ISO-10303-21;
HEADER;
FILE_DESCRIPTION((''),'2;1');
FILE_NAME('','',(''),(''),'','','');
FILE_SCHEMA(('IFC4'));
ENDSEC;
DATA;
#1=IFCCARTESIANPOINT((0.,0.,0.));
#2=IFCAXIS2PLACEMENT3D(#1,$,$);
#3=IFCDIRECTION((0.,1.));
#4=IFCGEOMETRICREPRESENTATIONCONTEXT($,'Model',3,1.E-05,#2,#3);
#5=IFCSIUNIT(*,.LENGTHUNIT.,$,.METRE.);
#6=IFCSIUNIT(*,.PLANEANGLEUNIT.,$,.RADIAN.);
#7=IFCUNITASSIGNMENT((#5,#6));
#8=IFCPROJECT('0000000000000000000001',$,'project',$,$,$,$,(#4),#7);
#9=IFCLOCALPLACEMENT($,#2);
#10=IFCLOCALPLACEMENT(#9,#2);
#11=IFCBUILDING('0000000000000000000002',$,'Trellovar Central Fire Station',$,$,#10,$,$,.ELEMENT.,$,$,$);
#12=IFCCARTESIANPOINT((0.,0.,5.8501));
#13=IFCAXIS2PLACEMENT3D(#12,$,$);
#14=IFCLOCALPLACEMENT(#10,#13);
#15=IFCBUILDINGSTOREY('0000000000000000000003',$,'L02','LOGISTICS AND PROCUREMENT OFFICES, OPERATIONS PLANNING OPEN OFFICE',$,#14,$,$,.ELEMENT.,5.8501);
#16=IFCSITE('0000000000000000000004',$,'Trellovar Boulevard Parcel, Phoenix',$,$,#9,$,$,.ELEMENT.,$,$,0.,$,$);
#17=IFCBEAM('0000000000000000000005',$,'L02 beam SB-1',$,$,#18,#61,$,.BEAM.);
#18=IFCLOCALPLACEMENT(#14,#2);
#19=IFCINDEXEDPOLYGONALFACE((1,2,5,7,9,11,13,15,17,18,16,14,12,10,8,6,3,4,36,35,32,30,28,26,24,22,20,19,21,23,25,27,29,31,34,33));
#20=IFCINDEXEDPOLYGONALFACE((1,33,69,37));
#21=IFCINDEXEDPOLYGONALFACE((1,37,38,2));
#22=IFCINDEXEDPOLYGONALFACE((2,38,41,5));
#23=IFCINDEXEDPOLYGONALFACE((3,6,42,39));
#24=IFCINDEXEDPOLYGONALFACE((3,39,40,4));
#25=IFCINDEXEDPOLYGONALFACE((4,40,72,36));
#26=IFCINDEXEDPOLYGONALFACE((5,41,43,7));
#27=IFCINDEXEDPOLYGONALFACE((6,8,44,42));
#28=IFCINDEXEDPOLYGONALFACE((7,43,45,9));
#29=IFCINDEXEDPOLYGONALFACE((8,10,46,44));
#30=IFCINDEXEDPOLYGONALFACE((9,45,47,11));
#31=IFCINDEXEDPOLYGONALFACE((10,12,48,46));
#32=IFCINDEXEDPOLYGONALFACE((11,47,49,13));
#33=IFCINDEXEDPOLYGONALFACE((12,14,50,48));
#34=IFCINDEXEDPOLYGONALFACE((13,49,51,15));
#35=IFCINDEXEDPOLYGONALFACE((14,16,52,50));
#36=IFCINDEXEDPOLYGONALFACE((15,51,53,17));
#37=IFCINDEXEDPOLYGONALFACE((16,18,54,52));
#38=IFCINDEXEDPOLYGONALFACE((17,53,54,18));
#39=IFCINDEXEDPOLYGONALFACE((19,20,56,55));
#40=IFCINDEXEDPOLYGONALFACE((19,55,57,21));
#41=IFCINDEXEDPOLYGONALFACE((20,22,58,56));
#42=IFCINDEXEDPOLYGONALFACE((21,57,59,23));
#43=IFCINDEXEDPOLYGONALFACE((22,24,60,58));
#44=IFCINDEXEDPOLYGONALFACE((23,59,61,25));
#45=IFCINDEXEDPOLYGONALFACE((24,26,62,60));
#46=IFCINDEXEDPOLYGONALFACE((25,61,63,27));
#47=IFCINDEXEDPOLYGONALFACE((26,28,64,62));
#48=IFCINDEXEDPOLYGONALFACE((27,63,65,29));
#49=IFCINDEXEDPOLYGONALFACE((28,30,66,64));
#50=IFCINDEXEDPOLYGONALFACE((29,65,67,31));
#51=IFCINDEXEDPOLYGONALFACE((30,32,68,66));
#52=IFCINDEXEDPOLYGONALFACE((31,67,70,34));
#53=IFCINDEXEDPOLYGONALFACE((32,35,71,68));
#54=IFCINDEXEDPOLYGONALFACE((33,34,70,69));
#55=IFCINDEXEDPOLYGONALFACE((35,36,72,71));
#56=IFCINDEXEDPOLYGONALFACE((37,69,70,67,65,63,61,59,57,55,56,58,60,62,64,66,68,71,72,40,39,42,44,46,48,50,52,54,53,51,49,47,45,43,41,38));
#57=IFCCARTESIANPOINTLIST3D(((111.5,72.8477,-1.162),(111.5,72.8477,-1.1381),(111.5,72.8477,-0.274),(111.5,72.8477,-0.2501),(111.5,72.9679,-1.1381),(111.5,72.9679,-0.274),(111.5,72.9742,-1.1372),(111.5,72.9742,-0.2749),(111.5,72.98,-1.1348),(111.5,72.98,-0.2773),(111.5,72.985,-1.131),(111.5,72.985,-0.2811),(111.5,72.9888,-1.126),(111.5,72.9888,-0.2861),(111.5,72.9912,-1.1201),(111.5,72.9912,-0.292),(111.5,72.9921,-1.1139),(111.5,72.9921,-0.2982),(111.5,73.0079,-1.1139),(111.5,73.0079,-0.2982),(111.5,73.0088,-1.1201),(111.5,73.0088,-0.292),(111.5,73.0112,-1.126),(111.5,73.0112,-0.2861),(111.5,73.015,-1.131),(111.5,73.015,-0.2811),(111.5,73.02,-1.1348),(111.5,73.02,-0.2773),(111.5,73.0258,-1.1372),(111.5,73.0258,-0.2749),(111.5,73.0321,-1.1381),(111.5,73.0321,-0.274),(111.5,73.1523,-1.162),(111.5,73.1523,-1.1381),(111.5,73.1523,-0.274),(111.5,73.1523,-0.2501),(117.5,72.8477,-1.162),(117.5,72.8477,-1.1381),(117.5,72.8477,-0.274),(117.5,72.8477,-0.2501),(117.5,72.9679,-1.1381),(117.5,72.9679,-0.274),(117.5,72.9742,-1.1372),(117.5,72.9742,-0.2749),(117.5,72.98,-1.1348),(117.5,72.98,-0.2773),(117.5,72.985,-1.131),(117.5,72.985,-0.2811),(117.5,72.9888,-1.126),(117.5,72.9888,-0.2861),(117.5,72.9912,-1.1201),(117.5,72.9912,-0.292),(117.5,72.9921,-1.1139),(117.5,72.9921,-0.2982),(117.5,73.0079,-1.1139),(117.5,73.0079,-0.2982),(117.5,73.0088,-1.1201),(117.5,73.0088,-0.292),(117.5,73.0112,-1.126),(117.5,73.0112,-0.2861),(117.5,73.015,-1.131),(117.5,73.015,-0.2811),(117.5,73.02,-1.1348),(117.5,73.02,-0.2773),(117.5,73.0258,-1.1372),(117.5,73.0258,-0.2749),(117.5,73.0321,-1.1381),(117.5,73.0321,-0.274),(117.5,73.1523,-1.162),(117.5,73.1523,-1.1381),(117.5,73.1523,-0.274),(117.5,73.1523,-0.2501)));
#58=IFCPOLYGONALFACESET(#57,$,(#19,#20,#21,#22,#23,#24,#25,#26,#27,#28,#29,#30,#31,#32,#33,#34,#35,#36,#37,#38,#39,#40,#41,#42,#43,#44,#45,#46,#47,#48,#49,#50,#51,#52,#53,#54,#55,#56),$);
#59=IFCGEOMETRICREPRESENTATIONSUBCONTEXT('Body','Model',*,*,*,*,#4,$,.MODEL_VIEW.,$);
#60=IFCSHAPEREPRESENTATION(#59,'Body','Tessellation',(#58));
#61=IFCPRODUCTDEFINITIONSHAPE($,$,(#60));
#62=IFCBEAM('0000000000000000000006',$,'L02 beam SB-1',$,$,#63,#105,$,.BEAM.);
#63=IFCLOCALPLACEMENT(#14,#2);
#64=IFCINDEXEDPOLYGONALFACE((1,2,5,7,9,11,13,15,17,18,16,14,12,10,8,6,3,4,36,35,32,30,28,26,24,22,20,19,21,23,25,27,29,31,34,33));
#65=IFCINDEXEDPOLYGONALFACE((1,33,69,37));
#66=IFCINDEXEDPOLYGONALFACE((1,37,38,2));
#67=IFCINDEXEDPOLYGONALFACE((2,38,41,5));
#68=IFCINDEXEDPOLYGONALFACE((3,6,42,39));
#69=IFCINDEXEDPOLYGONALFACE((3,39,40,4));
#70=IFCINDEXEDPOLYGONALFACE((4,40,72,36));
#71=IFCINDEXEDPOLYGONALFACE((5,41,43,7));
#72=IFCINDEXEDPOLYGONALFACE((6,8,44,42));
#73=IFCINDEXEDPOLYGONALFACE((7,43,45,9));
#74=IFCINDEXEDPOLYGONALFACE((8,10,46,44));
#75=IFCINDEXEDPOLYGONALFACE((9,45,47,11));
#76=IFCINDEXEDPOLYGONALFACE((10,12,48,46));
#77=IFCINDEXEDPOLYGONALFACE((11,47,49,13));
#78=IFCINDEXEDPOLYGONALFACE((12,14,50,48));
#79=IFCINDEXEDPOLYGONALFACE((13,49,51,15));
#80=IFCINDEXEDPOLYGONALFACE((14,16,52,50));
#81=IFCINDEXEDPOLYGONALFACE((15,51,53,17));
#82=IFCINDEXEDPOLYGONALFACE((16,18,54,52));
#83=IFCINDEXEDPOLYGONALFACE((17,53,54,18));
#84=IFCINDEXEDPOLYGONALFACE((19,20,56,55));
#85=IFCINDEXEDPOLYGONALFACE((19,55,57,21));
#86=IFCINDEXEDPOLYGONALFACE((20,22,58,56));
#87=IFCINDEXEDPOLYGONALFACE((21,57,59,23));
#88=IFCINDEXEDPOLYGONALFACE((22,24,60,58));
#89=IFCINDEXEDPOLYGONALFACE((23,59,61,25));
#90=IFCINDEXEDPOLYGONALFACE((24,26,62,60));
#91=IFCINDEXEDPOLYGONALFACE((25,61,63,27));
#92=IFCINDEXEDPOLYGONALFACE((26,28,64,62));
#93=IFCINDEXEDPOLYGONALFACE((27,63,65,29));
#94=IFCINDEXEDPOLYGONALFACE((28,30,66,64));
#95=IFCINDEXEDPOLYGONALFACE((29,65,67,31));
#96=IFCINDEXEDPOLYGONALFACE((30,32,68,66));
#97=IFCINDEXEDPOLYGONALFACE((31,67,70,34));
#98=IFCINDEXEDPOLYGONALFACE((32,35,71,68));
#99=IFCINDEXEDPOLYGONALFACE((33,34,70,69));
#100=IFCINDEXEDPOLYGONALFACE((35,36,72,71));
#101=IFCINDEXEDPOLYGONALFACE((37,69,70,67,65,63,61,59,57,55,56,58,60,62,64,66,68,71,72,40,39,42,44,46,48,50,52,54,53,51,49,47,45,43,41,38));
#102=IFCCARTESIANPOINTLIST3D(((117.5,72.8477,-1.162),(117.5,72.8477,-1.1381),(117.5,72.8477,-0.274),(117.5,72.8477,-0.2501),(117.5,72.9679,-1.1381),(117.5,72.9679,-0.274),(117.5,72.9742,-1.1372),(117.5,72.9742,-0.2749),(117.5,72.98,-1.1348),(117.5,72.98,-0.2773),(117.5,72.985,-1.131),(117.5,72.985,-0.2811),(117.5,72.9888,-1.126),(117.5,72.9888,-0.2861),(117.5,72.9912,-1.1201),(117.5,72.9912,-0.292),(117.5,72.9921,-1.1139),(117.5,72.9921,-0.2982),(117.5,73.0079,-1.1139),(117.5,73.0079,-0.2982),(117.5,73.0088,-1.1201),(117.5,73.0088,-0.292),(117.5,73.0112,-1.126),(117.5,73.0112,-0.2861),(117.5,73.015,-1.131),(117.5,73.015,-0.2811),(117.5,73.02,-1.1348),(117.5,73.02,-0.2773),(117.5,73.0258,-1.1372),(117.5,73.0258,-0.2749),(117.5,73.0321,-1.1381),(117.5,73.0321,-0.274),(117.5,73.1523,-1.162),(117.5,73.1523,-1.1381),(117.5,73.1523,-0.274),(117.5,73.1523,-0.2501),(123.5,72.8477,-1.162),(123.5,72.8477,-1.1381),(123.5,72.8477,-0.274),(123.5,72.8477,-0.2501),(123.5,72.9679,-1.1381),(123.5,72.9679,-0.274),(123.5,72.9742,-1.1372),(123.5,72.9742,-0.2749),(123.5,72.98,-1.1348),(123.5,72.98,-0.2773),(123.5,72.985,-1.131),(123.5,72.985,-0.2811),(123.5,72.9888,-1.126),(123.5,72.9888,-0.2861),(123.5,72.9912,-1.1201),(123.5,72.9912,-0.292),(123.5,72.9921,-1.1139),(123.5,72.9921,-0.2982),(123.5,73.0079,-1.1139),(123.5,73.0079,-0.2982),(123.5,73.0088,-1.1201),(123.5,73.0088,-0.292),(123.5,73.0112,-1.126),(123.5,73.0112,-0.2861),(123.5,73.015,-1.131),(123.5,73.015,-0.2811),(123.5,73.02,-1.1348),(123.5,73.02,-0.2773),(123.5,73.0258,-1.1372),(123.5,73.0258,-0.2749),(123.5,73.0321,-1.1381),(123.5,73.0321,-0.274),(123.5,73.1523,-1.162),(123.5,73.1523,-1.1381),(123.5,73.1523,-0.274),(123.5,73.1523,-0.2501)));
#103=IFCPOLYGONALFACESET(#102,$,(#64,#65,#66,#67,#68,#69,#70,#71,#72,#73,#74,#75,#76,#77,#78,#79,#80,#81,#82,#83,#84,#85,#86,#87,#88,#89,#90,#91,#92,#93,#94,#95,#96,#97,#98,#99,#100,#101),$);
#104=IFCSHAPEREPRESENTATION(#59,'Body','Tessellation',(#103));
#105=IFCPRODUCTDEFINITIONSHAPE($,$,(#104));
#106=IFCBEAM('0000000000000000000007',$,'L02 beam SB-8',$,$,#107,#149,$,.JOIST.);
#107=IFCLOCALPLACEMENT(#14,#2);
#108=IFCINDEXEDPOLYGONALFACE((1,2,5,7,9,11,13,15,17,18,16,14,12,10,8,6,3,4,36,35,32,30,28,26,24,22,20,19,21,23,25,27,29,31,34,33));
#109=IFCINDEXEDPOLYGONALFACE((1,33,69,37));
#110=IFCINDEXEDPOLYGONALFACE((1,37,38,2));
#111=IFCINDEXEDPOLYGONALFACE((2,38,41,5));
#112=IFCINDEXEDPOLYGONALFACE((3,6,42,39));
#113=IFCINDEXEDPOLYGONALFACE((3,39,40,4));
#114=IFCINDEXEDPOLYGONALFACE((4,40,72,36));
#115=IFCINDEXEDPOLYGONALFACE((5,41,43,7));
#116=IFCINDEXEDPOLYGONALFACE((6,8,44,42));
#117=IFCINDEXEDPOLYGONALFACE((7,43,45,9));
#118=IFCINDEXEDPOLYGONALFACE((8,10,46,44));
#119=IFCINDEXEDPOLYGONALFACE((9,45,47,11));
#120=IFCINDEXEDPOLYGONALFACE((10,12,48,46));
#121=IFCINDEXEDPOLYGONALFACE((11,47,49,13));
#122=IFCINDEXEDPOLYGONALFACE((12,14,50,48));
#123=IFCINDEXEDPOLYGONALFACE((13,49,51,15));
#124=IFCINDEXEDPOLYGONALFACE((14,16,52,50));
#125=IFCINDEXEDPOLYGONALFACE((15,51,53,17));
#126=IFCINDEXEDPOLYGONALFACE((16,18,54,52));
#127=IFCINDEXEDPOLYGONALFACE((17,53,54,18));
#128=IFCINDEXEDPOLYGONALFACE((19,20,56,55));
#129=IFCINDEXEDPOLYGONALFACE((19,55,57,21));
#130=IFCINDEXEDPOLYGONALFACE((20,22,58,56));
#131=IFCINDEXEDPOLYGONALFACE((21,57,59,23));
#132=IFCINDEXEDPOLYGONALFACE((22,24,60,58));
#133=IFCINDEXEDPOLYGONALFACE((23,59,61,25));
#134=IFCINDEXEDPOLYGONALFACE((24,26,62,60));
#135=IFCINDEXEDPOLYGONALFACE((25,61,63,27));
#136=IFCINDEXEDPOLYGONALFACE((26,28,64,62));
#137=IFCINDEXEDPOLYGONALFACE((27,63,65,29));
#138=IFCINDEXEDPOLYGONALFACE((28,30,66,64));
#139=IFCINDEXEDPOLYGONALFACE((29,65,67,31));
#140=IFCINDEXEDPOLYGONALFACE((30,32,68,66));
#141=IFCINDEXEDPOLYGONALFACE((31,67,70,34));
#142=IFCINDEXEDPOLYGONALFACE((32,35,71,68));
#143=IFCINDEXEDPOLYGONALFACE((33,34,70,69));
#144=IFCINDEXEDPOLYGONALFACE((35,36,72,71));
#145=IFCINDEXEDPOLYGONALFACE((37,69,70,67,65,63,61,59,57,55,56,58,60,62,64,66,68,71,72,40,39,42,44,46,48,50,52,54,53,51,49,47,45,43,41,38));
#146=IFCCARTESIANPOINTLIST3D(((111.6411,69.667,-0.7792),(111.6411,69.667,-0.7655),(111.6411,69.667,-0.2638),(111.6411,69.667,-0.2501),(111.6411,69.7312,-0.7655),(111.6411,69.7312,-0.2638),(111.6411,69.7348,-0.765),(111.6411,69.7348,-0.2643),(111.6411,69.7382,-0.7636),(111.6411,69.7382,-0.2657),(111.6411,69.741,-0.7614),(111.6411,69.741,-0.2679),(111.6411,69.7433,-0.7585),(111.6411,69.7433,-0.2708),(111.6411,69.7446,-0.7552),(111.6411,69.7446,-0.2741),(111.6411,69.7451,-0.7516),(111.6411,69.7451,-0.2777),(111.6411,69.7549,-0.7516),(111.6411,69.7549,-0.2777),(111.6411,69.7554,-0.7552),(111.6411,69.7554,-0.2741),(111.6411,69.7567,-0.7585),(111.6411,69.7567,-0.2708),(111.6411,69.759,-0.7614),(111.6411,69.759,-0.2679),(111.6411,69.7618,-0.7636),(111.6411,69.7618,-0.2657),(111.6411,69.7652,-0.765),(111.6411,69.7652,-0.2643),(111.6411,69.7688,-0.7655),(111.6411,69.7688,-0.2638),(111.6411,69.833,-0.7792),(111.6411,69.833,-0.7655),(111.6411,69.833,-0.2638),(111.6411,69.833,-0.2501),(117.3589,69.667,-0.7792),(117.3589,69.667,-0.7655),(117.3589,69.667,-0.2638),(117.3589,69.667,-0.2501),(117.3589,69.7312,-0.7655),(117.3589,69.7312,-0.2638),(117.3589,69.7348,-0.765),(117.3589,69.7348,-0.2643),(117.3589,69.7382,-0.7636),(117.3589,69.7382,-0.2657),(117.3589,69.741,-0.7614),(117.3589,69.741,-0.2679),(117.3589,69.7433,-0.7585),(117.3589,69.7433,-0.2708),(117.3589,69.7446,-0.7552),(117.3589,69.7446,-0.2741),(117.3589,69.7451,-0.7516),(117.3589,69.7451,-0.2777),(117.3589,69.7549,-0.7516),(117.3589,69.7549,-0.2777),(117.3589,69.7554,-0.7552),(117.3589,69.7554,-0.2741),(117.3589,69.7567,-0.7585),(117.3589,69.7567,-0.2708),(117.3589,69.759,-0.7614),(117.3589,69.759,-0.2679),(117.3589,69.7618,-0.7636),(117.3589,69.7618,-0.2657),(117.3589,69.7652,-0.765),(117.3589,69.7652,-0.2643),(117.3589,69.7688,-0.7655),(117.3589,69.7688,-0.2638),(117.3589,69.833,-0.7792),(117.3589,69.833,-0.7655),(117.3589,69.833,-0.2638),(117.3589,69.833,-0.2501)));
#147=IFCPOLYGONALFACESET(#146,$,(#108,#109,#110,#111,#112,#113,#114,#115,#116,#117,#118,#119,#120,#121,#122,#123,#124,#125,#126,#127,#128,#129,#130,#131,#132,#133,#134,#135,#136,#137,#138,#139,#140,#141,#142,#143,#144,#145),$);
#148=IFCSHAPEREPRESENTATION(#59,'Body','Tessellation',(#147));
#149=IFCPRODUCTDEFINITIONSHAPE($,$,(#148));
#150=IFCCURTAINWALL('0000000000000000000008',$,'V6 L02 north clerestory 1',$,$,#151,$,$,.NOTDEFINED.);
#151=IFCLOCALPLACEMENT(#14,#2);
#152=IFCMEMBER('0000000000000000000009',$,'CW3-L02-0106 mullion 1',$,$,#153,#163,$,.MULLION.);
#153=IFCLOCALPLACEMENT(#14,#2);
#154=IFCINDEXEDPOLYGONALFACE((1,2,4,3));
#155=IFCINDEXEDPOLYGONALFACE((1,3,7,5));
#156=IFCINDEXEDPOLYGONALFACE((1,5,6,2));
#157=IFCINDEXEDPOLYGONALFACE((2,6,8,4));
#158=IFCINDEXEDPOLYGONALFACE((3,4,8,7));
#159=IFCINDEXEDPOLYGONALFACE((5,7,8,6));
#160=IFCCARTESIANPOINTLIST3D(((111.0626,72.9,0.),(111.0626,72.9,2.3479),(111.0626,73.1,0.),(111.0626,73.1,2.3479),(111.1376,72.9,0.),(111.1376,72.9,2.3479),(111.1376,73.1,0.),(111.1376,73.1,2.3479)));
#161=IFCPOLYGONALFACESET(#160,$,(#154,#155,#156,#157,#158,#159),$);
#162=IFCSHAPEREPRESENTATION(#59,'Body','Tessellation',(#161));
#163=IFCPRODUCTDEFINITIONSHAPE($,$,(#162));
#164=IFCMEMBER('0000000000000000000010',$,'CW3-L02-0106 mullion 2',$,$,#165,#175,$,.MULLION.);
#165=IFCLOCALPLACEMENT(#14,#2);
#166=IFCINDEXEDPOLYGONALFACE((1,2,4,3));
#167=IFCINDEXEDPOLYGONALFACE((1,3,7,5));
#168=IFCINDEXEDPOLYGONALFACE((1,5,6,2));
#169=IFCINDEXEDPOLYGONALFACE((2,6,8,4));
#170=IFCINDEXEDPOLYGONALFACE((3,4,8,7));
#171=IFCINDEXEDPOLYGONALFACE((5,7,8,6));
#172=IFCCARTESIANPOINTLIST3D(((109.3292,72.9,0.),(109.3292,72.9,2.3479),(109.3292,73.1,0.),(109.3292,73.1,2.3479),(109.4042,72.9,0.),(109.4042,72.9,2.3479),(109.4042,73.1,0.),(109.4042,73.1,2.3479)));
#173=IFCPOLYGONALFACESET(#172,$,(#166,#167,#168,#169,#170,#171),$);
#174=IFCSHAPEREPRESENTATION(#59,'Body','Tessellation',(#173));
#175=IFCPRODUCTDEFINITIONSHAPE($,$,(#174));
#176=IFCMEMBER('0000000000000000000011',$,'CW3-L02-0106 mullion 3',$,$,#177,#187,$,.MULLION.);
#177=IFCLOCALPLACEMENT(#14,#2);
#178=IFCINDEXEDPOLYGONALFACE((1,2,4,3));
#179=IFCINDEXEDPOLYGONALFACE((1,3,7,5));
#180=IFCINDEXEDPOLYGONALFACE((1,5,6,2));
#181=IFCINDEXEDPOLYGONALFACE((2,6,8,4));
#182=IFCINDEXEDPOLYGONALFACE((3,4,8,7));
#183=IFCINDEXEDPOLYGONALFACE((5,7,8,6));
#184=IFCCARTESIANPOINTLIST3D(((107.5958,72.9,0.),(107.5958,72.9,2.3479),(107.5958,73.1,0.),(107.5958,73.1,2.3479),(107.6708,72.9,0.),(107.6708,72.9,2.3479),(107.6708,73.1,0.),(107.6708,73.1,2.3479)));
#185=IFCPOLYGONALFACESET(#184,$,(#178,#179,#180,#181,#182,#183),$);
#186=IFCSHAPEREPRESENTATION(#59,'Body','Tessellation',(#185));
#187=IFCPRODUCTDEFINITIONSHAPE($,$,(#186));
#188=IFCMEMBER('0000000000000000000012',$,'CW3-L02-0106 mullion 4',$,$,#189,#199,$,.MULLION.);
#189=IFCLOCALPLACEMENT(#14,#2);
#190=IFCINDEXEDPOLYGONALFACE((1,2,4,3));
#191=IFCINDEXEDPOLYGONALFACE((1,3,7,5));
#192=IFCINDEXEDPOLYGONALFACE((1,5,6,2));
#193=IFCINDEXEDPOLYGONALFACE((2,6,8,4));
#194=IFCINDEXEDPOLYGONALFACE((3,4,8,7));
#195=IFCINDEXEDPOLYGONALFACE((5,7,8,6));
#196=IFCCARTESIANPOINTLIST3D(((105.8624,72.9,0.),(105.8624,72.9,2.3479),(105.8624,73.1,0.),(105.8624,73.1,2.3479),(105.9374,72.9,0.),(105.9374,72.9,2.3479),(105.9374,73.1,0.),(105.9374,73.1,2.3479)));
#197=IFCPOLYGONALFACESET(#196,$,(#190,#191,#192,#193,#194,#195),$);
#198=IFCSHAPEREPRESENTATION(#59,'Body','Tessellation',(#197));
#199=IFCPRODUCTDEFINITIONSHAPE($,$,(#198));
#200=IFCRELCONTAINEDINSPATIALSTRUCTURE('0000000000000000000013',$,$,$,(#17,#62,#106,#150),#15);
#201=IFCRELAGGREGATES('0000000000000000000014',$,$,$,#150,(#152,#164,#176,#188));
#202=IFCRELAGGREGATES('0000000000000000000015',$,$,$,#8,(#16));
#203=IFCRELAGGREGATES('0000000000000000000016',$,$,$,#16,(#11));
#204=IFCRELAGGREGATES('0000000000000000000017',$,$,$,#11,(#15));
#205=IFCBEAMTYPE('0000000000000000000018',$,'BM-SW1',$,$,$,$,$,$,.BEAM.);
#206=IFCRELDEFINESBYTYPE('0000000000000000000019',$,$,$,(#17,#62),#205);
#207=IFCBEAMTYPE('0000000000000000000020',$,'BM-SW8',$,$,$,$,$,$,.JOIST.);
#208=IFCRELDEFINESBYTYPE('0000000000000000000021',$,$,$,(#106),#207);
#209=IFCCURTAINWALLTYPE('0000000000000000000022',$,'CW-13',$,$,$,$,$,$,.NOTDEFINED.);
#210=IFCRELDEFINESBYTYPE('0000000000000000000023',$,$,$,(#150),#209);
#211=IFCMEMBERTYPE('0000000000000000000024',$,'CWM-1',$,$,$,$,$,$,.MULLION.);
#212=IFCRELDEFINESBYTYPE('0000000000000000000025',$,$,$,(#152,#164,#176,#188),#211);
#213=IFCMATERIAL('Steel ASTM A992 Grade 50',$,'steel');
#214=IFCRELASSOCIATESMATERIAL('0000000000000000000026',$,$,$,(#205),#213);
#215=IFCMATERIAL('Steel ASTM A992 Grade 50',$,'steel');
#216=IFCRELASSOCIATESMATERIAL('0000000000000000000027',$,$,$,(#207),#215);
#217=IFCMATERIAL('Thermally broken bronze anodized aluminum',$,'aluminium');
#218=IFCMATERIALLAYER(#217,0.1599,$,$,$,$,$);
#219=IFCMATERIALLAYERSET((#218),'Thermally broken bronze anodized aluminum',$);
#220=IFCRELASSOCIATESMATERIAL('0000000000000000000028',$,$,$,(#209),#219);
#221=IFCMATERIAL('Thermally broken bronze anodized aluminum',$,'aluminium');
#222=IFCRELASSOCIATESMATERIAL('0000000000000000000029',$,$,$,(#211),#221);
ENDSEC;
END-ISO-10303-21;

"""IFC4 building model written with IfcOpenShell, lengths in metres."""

from ifc_helpers import new_model, si_unit, direction, frame, origin, origin_2d, place, context, subcontext, project, spatial, rectangle, i_section, extrude, material, layer, layer_set, material_profile, profile_set, type_object, element, aggregate, save


model = new_model("IFC4")

# Units and contexts
model_context = context("Model", 3, precision=1e-05, world=origin(), true_north=direction((0.0, 1.0)))
body_context = subcontext(model_context, "Body", "Model", "MODEL_VIEW")
ifc_project = project(units=[si_unit("LENGTHUNIT", "METRE"), si_unit("PLANEANGLEUNIT", "RADIAN")], contexts=[model_context])

# Site, building, storey
site_placement = place(None, origin())
site = spatial("IfcSite", under=ifc_project, at=site_placement, Name="Trellovar Boulevard Parcel, Phoenix", CompositionType="ELEMENT", RefElevation=0.0)
building_placement = place(site_placement, origin())
building = spatial("IfcBuilding", under=site, at=building_placement, Name="Trellovar Central Fire Station", CompositionType="ELEMENT")
storey_placement = place(building_placement, frame((0.0, 0.0, 5.8501)))
storey = spatial("IfcBuildingStorey", under=building, at=storey_placement, Name="L02", Description="LOGISTICS AND PROCUREMENT OFFICES, OPERATIONS PLANNING OPEN OFFICE", CompositionType="ELEMENT", Elevation=5.8501)

# Beams
ifc_material_1 = material(Name="Steel ASTM A992 Grade 50", Category="steel")
ifc_material_profile_1 = material_profile(ifc_material_1, i_section(OverallWidth=0.3047, OverallDepth=0.9119, WebThickness=0.0159, FlangeThickness=0.0239, FilletRadius=0.0242, at=origin_2d()), Name="W36X150")
ifc_profile_set_1 = profile_set([ifc_material_profile_1], Name="Steel ASTM A992 Grade 50")
beam_type_1 = type_object("IfcBeamType", Name="BM-SW1", PredefinedType="BEAM", material=ifc_profile_set_1)
for number, where, z_axis, x_axis, name in (
    (1, (111.5, 73.0, -0.7061), (1.0, 0.0, 0.0), (0.0, 1.0, 0.0), "L02 beam SB-1"),
    (2, (117.5, 73.0, -0.7061), (1.0, 0.0, 0.0), (0.0, 1.0, 0.0), "L02 beam SB-1"),
):
    element("IfcBeam", number, at=place(storey_placement, frame(where, z_axis=z_axis, x_axis=x_axis)), inside=storey, type_object=beam_type_1, Name=name, PredefinedType="BEAM", context=body_context, shape_type="SweptSolid", body=[
        extrude(i_section(OverallWidth=0.3047, OverallDepth=0.9119, WebThickness=0.0159, FlangeThickness=0.0239, FilletRadius=0.0242, at=origin_2d()), origin(), (0.0, 0.0, 1.0), 6.0),
    ])
ifc_material_2 = material(Name="Steel ASTM A992 Grade 50", Category="steel")
ifc_material_profile_2 = material_profile(ifc_material_2, i_section(OverallWidth=0.166, OverallDepth=0.5291, WebThickness=0.0098, FlangeThickness=0.0137, FilletRadius=0.0139, at=origin_2d()), Name="W21X50")
ifc_profile_set_2 = profile_set([ifc_material_profile_2], Name="Steel ASTM A992 Grade 50")
beam_type_2 = type_object("IfcBeamType", Name="BM-SW8", PredefinedType="JOIST", material=ifc_profile_set_2)
beam_placement = place(storey_placement, frame((111.6411, 69.75, -0.5146), z_axis=(1.0, 0.0, 0.0), x_axis=(0.0, 1.0, 0.0)))
element("IfcBeam", 3, at=beam_placement, inside=storey, type_object=beam_type_2, Name="L02 beam SB-8", PredefinedType="JOIST", context=body_context, shape_type="SweptSolid", body=[
    extrude(i_section(OverallWidth=0.166, OverallDepth=0.5291, WebThickness=0.0098, FlangeThickness=0.0137, FilletRadius=0.0139, at=origin_2d()), origin(), (0.0, 0.0, 1.0), 5.7178),
])

# Curtain wall, members
ifc_material_3 = material(Name="Thermally broken bronze anodized aluminum", Category="aluminium")
ifc_layer_1 = layer(ifc_material_3, 0.1599)
ifc_layer_set_1 = layer_set([ifc_layer_1], Name="Thermally broken bronze anodized aluminum")
curtain_wall_type = type_object("IfcCurtainWallType", Name="CW-13", PredefinedType="NOTDEFINED", material=ifc_layer_set_1)
curtain_wall_1_placement = place(storey_placement, origin())
curtain_wall_1 = element("IfcCurtainWall", 4, at=curtain_wall_1_placement, inside=storey, type_object=curtain_wall_type, Name="V6 L02 north clerestory 1", PredefinedType="NOTDEFINED")
ifc_material_4 = material(Name="Thermally broken bronze anodized aluminum", Category="aluminium")
ifc_material_profile_3 = material_profile(ifc_material_4, rectangle(XDim=0.075, YDim=0.2, at=origin_2d()), Name="ALU75X200")
ifc_profile_set_3 = profile_set([ifc_material_profile_3], Name="Thermally broken bronze anodized aluminum")
member_type_1 = type_object("IfcMemberType", Name="CWM-1", PredefinedType="MULLION", material=ifc_profile_set_3)
member_1_placement = place(storey_placement, frame((111.1001, 73.0, 0.0), z_axis=(0.0, 0.0, 1.0), x_axis=(1.0, 0.0, 0.0)))
member_1 = element("IfcMember", 5, at=member_1_placement, type_object=member_type_1, Name="CW3-L02-0106 mullion 1", PredefinedType="MULLION", context=body_context, shape_type="SweptSolid", body=[
    extrude(rectangle(XDim=0.075, YDim=0.2, at=origin_2d()), origin(), (0.0, 0.0, 1.0), 2.3479),
])
member_2_placement = place(storey_placement, frame((109.3667, 73.0, 0.0), z_axis=(0.0, 0.0, 1.0), x_axis=(1.0, 0.0, 0.0)))
member_2 = element("IfcMember", 6, at=member_2_placement, type_object=member_type_1, Name="CW3-L02-0106 mullion 2", PredefinedType="MULLION", context=body_context, shape_type="SweptSolid", body=[
    extrude(rectangle(XDim=0.075, YDim=0.2, at=origin_2d()), origin(), (0.0, 0.0, 1.0), 2.3479),
])
member_3_placement = place(storey_placement, frame((107.6333, 73.0, 0.0), z_axis=(0.0, 0.0, 1.0), x_axis=(1.0, 0.0, 0.0)))
member_3 = element("IfcMember", 7, at=member_3_placement, type_object=member_type_1, Name="CW3-L02-0106 mullion 3", PredefinedType="MULLION", context=body_context, shape_type="SweptSolid", body=[
    extrude(rectangle(XDim=0.075, YDim=0.2, at=origin_2d()), origin(), (0.0, 0.0, 1.0), 2.3479),
])
member_4_placement = place(storey_placement, frame((105.8999, 73.0, 0.0), z_axis=(0.0, 0.0, 1.0), x_axis=(1.0, 0.0, 0.0)))
member_4 = element("IfcMember", 8, at=member_4_placement, type_object=member_type_1, Name="CW3-L02-0106 mullion 4", PredefinedType="MULLION", context=body_context, shape_type="SweptSolid", body=[
    extrude(rectangle(XDim=0.075, YDim=0.2, at=origin_2d()), origin(), (0.0, 0.0, 1.0), 2.3479),
])

aggregate(curtain_wall_1, [member_1, member_2, member_3, member_4])

save(model, "model.ifc")
